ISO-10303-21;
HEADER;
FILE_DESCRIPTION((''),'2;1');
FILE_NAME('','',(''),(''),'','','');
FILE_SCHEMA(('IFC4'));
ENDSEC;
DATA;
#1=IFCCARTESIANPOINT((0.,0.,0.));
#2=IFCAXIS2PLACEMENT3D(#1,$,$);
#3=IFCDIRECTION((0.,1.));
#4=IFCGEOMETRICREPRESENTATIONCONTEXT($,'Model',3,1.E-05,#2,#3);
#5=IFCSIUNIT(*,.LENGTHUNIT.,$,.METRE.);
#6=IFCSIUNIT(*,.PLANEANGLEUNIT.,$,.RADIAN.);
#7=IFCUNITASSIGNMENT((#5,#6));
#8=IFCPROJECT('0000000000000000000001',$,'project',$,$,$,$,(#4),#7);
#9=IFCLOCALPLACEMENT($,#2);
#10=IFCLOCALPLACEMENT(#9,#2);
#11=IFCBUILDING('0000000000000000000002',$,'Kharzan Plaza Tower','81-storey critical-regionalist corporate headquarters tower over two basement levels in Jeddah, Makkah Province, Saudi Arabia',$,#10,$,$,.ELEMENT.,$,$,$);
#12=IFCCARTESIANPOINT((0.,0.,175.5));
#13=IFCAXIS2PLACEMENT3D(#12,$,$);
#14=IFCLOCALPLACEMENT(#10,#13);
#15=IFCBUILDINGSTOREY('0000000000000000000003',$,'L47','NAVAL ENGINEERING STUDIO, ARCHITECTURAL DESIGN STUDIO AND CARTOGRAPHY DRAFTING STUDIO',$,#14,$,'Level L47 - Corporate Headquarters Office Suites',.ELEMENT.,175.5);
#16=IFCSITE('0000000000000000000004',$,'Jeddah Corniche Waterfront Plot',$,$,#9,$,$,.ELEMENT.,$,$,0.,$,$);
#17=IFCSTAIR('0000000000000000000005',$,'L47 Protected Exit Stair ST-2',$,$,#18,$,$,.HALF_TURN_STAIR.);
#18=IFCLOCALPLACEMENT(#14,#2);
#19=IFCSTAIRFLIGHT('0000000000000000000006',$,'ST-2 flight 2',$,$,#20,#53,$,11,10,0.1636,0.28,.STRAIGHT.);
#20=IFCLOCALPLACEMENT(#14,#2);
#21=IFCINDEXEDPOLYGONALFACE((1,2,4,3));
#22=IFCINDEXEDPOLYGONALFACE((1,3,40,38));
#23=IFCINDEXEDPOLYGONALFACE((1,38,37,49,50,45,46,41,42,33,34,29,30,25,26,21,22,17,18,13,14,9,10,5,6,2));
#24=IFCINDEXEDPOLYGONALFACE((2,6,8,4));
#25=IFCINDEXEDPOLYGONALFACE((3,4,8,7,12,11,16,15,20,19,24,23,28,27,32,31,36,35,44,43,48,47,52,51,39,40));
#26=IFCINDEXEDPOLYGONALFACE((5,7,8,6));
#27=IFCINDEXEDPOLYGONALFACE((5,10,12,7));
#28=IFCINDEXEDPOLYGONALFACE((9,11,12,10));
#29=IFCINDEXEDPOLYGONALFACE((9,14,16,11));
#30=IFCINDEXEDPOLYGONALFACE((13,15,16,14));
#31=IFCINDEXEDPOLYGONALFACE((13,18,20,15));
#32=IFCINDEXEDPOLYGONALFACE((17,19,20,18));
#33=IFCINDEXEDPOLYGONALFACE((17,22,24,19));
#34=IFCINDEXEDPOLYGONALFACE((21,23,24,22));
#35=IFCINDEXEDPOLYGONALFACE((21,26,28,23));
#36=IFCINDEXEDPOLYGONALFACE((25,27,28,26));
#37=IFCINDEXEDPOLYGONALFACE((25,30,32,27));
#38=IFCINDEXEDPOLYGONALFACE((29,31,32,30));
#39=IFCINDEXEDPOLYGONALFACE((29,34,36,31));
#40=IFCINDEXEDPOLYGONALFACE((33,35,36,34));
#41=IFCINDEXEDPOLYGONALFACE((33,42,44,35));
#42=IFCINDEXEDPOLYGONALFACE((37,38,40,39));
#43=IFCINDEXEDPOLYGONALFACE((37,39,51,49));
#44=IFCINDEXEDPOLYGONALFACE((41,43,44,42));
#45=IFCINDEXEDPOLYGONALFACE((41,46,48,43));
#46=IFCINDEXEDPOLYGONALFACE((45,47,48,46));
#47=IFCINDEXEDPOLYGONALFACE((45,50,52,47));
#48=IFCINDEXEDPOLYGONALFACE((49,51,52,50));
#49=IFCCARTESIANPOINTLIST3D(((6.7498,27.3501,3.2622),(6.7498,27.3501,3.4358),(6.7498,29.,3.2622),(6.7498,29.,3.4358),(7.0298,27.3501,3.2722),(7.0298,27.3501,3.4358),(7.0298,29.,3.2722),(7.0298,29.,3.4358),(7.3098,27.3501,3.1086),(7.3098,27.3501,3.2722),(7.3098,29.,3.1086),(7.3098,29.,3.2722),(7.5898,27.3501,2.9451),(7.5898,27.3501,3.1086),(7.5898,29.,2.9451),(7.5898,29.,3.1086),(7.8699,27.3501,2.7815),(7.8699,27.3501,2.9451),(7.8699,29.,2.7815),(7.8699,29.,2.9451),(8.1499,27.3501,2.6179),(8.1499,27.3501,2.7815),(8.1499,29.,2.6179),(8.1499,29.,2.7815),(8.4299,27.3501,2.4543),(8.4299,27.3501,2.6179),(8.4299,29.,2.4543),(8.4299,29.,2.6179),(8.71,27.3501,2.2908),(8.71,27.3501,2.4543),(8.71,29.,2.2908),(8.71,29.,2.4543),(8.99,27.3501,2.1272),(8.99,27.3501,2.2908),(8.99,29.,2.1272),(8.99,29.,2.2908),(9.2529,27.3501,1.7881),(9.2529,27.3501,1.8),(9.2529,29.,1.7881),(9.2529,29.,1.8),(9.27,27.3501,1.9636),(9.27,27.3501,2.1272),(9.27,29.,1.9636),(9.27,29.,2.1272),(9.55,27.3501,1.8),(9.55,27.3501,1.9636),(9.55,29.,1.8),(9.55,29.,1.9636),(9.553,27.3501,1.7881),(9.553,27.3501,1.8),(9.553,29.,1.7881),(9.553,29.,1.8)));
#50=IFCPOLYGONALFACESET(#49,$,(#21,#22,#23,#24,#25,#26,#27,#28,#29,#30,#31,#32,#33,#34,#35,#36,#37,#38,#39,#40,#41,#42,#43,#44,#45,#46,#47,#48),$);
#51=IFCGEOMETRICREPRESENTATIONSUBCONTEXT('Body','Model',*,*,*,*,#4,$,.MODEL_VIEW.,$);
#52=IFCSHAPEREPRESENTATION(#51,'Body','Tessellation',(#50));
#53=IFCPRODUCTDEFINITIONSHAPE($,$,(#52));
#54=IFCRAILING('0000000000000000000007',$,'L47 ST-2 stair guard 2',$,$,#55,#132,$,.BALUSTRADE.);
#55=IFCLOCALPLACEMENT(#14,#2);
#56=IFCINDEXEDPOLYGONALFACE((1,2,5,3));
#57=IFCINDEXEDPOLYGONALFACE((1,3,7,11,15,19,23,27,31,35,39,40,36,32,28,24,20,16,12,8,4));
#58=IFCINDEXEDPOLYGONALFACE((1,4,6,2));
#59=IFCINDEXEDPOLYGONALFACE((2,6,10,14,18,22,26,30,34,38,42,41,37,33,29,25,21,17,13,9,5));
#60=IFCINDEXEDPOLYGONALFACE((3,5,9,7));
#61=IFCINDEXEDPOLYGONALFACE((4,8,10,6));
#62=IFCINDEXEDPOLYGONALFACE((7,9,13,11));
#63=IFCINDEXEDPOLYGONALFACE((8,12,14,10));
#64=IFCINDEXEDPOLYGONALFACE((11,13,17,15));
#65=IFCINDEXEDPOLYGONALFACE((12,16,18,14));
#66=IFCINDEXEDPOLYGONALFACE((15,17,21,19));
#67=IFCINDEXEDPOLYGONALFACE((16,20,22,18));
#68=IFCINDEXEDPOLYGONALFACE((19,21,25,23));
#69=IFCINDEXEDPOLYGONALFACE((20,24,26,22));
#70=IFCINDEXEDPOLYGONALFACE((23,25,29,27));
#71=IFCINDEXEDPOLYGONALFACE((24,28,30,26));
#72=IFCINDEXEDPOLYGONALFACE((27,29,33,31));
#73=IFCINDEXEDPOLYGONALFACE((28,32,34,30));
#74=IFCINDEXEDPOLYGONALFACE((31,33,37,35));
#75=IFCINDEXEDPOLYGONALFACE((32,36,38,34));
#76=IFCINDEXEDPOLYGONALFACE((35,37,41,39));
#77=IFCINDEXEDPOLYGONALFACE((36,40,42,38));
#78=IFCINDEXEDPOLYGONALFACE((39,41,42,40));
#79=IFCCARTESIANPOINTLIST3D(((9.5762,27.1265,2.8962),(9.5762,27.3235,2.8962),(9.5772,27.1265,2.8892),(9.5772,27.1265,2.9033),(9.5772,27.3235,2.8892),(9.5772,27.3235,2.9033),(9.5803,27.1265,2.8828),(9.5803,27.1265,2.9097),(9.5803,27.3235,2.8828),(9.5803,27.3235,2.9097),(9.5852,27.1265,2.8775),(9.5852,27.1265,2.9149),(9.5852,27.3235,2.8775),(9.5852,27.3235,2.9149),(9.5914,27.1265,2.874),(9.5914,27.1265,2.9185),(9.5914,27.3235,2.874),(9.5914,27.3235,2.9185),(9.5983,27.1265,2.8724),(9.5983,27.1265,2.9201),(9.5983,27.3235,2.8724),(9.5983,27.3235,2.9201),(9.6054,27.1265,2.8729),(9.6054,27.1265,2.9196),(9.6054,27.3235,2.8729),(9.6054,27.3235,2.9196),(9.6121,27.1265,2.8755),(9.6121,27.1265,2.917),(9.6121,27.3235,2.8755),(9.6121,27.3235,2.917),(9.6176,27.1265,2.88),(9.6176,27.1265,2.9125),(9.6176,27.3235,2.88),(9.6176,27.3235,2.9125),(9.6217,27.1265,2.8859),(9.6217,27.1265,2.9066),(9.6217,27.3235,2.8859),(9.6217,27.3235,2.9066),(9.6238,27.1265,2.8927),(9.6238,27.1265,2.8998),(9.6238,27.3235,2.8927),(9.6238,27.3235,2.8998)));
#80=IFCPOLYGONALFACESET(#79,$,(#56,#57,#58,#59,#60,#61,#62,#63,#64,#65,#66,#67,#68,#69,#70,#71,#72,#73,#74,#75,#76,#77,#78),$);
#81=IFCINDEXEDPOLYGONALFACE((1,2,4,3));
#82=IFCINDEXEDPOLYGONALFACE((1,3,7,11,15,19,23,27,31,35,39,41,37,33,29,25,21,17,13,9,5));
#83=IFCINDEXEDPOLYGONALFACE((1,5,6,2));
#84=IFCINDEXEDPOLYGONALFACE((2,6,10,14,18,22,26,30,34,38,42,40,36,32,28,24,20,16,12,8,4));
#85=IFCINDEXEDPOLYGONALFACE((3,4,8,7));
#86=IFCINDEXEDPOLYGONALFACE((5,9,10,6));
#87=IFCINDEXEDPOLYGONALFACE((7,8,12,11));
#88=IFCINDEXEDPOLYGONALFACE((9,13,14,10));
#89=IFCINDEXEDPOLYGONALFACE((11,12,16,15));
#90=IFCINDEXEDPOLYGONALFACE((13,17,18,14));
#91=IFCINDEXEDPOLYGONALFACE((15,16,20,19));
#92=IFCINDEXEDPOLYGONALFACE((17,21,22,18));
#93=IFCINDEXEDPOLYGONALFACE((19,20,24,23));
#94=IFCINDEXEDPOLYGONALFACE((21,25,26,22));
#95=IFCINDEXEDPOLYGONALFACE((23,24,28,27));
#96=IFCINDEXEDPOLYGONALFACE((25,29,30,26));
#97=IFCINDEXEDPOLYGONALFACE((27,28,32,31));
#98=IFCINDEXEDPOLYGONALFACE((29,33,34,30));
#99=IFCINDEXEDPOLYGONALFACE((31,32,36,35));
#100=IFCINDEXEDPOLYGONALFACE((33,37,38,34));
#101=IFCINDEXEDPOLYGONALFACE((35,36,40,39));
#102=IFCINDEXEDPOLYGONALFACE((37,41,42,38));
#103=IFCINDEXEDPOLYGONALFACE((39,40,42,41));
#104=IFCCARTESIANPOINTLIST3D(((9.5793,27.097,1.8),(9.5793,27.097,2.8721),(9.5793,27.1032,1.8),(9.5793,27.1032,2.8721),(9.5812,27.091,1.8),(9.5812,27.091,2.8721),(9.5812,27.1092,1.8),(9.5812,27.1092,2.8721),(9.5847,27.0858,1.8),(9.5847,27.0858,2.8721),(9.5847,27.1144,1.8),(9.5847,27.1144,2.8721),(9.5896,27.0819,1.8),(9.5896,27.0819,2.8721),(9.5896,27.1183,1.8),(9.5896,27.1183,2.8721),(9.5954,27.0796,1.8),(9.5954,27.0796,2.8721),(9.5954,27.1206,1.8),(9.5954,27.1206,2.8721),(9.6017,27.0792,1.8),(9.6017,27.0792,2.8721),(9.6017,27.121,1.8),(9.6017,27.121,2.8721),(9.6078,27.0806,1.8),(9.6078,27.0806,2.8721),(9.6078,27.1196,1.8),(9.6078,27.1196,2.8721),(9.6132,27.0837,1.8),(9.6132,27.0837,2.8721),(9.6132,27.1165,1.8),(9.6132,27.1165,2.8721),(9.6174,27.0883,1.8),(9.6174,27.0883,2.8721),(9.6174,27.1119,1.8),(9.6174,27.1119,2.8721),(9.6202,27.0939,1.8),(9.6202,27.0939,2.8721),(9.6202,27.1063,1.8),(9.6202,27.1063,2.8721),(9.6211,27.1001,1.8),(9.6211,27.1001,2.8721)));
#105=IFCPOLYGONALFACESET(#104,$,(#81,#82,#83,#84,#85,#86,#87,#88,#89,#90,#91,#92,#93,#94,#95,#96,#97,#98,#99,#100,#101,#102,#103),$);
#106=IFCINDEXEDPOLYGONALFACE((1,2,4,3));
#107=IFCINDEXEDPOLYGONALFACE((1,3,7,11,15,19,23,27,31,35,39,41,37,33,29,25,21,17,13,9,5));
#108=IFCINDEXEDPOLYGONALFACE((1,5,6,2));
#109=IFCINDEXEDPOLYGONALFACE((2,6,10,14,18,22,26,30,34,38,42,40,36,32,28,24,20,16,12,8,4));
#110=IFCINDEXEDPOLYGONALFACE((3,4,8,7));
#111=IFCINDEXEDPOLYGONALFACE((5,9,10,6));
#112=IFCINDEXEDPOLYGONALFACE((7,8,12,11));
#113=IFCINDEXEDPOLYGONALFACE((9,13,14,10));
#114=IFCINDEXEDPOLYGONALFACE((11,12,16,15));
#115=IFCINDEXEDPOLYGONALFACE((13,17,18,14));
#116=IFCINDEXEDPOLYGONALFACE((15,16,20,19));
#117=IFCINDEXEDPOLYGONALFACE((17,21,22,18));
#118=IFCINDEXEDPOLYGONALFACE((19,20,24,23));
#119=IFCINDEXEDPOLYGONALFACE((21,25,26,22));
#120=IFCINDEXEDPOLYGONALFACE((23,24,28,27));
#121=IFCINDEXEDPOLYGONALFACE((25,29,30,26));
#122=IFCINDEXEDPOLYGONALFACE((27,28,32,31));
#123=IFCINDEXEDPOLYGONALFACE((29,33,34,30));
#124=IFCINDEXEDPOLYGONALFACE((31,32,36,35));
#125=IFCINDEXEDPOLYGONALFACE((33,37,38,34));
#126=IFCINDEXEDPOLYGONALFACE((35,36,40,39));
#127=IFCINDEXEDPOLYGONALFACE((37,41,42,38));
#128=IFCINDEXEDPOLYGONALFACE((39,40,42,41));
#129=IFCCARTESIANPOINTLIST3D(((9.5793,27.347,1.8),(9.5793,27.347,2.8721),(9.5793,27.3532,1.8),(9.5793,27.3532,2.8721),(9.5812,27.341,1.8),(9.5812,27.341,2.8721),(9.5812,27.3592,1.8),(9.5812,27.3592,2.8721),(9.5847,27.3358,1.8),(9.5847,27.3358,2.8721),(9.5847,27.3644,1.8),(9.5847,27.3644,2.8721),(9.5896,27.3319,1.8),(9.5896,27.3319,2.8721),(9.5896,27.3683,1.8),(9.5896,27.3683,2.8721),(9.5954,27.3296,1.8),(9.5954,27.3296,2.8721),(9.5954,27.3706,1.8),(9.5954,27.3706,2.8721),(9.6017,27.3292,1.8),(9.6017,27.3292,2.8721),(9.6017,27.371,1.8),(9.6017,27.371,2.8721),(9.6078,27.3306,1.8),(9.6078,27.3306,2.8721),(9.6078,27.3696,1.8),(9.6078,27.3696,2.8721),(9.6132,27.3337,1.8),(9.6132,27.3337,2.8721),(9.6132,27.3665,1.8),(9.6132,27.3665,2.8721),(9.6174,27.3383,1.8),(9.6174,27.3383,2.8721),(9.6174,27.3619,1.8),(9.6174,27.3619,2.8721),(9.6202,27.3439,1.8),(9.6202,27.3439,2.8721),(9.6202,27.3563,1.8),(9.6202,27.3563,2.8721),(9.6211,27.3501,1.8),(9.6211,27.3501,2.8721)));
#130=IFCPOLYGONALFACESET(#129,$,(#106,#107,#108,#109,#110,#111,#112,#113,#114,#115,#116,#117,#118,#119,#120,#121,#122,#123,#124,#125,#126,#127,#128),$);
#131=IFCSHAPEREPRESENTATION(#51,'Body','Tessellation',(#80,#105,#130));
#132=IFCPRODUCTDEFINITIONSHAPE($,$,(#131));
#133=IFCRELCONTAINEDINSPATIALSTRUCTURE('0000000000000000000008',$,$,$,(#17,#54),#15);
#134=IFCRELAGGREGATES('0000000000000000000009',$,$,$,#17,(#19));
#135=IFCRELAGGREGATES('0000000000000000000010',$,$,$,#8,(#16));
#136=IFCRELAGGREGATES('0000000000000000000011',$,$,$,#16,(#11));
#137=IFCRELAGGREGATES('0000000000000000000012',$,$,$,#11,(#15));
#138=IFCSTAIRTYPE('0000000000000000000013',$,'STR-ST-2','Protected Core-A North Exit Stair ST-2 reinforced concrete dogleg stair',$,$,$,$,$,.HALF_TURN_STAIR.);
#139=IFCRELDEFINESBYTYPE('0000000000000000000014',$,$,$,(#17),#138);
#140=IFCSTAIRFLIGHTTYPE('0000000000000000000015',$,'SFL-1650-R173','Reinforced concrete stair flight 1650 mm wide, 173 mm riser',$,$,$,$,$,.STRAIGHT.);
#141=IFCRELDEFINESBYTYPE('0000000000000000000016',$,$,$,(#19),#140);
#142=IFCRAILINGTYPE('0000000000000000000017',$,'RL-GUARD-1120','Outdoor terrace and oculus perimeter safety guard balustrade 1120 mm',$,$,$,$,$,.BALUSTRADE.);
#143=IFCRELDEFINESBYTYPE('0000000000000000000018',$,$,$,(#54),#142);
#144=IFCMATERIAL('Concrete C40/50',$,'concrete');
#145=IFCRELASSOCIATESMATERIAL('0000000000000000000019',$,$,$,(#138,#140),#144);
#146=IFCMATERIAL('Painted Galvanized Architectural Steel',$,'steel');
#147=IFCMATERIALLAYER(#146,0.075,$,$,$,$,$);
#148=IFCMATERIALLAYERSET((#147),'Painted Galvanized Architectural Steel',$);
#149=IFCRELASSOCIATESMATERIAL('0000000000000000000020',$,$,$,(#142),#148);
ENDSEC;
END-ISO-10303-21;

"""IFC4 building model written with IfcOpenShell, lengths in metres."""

from ifc_helpers import new_model, si_unit, direction, frame, origin, origin_2d, place, context, subcontext, project, spatial, polyline, circle, outline, extrude, source, transform, mapped, material, layer, layer_set, type_object, element, aggregate, save


model = new_model("IFC4")

# Units and contexts
model_context = context("Model", 3, precision=1e-05, world=origin(), true_north=direction((0.0, 1.0)))
body_context = subcontext(model_context, "Body", "Model", "MODEL_VIEW")
ifc_project = project(units=[si_unit("LENGTHUNIT", "METRE"), si_unit("PLANEANGLEUNIT", "RADIAN")], contexts=[model_context])

# Site, building, storey
site_placement = place(None, origin())
site = spatial("IfcSite", under=ifc_project, at=site_placement, Name="Jeddah Corniche Waterfront Plot", CompositionType="ELEMENT", RefElevation=0.0)
building_placement = place(site_placement, origin())
building = spatial("IfcBuilding", under=site, at=building_placement, Name="Kharzan Plaza Tower", Description="81-storey critical-regionalist corporate headquarters tower over two basement levels in Jeddah, Makkah Province, Saudi Arabia", CompositionType="ELEMENT")
storey_placement = place(building_placement, frame((0.0, 0.0, 175.5)))
storey = spatial("IfcBuildingStorey", under=building, at=storey_placement, Name="L47", Description="NAVAL ENGINEERING STUDIO, ARCHITECTURAL DESIGN STUDIO AND CARTOGRAPHY DRAFTING STUDIO", LongName="Level L47 - Corporate Headquarters Office Suites", CompositionType="ELEMENT", Elevation=175.5)

# Shared definitions
ifc_material_1 = material(Name="Concrete C40/50", Category="concrete")

# Stair, stair flight
stair_type = type_object("IfcStairType", Name="STR-ST-2", Description="Protected Core-A North Exit Stair ST-2 reinforced concrete dogleg stair", PredefinedType="HALF_TURN_STAIR", material=ifc_material_1)
stair_placement = place(storey_placement, origin())
stair = element("IfcStair", 1, at=stair_placement, inside=storey, type_object=stair_type, Name="L47 Protected Exit Stair ST-2", PredefinedType="HALF_TURN_STAIR")
stair_flight_type = type_object("IfcStairFlightType", Name="SFL-1650-R173", Description="Reinforced concrete stair flight 1650 mm wide, 173 mm riser", PredefinedType="STRAIGHT", material=ifc_material_1)
shared_shape_1 = source(origin(), body_context, "Body", "SweptSolid", [
    extrude(outline(polyline([(-0.0029, -0.012), (-0.0029, 0.0), (0.0, 0.0), (0.0, 0.1636), (0.28, 0.1636), (0.28, 0.3271), (0.5601, 0.3271), (0.5601, 0.4907), (0.8401, 0.4907), (0.8401, 0.6543), (1.1201, 0.6543), (1.1201, 0.8179), (1.4001, 0.8179), (1.4001, 0.9814), (1.6802, 0.9814), (1.6802, 1.145), (1.9602, 1.145), (1.9602, 1.3086), (2.2402, 1.3086), (2.2402, 1.4722), (2.5203, 1.4722), (2.5203, 1.6357), (2.8003, 1.6357), (2.8003, 1.7993), (2.8003, 1.4622), (0.2971, 0.0), (0.2971, -0.012), (-0.0029, -0.012)])), frame((0.0, 0.825, 0.0), z_axis=(0.0, -1.0, 0.0), x_axis=(1.0, 0.0, 0.0)), (0.0, 0.0, 1.0), 1.6499),
])
stair_flight_placement = place(storey_placement, frame((9.55, 28.175, 1.8), z_axis=(0.0, 0.0, 1.0), x_axis=(-1.0, 0.0, 0.0)))
stair_flight = element("IfcStairFlight", 2, at=stair_flight_placement, type_object=stair_flight_type, Name="ST-2 flight 2", NumberOfRisers=11, NumberOfTreads=10, PredefinedType="STRAIGHT", RiserHeight=0.1636, TreadLength=0.28, context=body_context, shape_type="MappedRepresentation", body=[
    mapped(shared_shape_1, transform((0.0, 0.0, 0.0), x_axis=(1.0, 0.0, 0.0), y_axis=(0.0, 1.0, 0.0), z_axis=(0.0, 0.0, 1.0))),
])
aggregate(stair, [stair_flight])

# Railing
ifc_material_2 = material(Name="Painted Galvanized Architectural Steel", Category="steel")
ifc_layer_1 = layer(ifc_material_2, 0.075)
ifc_layer_set_1 = layer_set([ifc_layer_1], Name="Painted Galvanized Architectural Steel")
railing_type_1 = type_object("IfcRailingType", Name="RL-GUARD-1120", Description="Outdoor terrace and oculus perimeter safety guard balustrade 1120 mm", PredefinedType="BALUSTRADE", material=ifc_layer_set_1)
shared_shape_2 = source(origin(), body_context, "Body", "SweptSolid", [
    extrude(circle(Radius=0.0239, at=origin_2d()), frame((0.0, 0.0264, 1.0962), z_axis=(0.0, 1.0, 0.0), x_axis=(-1.0, 0.0, 0.0)), (0.0, 0.0, 1.0), 0.197),
    extrude(circle(Radius=0.021, at=origin_2d()), origin(), (0.0, 0.0, 1.0), 1.072),
    extrude(circle(Radius=0.021, at=origin_2d()), frame((0.0, 0.25, 0.0)), (0.0, 0.0, 1.0), 1.072),
])
railing_1_placement = place(storey_placement, frame((9.6001, 27.1001, 1.8)))
element("IfcRailing", 3, at=railing_1_placement, inside=storey, type_object=railing_type_1, Name="L47 ST-2 stair guard 2", PredefinedType="BALUSTRADE", context=body_context, shape_type="MappedRepresentation", body=[
    mapped(shared_shape_2, transform((0.0, 0.0, 0.0), x_axis=(1.0, 0.0, 0.0), y_axis=(0.0, 1.0, 0.0), z_axis=(0.0, 0.0, 1.0))),
])

save(model, "model.ifc")
